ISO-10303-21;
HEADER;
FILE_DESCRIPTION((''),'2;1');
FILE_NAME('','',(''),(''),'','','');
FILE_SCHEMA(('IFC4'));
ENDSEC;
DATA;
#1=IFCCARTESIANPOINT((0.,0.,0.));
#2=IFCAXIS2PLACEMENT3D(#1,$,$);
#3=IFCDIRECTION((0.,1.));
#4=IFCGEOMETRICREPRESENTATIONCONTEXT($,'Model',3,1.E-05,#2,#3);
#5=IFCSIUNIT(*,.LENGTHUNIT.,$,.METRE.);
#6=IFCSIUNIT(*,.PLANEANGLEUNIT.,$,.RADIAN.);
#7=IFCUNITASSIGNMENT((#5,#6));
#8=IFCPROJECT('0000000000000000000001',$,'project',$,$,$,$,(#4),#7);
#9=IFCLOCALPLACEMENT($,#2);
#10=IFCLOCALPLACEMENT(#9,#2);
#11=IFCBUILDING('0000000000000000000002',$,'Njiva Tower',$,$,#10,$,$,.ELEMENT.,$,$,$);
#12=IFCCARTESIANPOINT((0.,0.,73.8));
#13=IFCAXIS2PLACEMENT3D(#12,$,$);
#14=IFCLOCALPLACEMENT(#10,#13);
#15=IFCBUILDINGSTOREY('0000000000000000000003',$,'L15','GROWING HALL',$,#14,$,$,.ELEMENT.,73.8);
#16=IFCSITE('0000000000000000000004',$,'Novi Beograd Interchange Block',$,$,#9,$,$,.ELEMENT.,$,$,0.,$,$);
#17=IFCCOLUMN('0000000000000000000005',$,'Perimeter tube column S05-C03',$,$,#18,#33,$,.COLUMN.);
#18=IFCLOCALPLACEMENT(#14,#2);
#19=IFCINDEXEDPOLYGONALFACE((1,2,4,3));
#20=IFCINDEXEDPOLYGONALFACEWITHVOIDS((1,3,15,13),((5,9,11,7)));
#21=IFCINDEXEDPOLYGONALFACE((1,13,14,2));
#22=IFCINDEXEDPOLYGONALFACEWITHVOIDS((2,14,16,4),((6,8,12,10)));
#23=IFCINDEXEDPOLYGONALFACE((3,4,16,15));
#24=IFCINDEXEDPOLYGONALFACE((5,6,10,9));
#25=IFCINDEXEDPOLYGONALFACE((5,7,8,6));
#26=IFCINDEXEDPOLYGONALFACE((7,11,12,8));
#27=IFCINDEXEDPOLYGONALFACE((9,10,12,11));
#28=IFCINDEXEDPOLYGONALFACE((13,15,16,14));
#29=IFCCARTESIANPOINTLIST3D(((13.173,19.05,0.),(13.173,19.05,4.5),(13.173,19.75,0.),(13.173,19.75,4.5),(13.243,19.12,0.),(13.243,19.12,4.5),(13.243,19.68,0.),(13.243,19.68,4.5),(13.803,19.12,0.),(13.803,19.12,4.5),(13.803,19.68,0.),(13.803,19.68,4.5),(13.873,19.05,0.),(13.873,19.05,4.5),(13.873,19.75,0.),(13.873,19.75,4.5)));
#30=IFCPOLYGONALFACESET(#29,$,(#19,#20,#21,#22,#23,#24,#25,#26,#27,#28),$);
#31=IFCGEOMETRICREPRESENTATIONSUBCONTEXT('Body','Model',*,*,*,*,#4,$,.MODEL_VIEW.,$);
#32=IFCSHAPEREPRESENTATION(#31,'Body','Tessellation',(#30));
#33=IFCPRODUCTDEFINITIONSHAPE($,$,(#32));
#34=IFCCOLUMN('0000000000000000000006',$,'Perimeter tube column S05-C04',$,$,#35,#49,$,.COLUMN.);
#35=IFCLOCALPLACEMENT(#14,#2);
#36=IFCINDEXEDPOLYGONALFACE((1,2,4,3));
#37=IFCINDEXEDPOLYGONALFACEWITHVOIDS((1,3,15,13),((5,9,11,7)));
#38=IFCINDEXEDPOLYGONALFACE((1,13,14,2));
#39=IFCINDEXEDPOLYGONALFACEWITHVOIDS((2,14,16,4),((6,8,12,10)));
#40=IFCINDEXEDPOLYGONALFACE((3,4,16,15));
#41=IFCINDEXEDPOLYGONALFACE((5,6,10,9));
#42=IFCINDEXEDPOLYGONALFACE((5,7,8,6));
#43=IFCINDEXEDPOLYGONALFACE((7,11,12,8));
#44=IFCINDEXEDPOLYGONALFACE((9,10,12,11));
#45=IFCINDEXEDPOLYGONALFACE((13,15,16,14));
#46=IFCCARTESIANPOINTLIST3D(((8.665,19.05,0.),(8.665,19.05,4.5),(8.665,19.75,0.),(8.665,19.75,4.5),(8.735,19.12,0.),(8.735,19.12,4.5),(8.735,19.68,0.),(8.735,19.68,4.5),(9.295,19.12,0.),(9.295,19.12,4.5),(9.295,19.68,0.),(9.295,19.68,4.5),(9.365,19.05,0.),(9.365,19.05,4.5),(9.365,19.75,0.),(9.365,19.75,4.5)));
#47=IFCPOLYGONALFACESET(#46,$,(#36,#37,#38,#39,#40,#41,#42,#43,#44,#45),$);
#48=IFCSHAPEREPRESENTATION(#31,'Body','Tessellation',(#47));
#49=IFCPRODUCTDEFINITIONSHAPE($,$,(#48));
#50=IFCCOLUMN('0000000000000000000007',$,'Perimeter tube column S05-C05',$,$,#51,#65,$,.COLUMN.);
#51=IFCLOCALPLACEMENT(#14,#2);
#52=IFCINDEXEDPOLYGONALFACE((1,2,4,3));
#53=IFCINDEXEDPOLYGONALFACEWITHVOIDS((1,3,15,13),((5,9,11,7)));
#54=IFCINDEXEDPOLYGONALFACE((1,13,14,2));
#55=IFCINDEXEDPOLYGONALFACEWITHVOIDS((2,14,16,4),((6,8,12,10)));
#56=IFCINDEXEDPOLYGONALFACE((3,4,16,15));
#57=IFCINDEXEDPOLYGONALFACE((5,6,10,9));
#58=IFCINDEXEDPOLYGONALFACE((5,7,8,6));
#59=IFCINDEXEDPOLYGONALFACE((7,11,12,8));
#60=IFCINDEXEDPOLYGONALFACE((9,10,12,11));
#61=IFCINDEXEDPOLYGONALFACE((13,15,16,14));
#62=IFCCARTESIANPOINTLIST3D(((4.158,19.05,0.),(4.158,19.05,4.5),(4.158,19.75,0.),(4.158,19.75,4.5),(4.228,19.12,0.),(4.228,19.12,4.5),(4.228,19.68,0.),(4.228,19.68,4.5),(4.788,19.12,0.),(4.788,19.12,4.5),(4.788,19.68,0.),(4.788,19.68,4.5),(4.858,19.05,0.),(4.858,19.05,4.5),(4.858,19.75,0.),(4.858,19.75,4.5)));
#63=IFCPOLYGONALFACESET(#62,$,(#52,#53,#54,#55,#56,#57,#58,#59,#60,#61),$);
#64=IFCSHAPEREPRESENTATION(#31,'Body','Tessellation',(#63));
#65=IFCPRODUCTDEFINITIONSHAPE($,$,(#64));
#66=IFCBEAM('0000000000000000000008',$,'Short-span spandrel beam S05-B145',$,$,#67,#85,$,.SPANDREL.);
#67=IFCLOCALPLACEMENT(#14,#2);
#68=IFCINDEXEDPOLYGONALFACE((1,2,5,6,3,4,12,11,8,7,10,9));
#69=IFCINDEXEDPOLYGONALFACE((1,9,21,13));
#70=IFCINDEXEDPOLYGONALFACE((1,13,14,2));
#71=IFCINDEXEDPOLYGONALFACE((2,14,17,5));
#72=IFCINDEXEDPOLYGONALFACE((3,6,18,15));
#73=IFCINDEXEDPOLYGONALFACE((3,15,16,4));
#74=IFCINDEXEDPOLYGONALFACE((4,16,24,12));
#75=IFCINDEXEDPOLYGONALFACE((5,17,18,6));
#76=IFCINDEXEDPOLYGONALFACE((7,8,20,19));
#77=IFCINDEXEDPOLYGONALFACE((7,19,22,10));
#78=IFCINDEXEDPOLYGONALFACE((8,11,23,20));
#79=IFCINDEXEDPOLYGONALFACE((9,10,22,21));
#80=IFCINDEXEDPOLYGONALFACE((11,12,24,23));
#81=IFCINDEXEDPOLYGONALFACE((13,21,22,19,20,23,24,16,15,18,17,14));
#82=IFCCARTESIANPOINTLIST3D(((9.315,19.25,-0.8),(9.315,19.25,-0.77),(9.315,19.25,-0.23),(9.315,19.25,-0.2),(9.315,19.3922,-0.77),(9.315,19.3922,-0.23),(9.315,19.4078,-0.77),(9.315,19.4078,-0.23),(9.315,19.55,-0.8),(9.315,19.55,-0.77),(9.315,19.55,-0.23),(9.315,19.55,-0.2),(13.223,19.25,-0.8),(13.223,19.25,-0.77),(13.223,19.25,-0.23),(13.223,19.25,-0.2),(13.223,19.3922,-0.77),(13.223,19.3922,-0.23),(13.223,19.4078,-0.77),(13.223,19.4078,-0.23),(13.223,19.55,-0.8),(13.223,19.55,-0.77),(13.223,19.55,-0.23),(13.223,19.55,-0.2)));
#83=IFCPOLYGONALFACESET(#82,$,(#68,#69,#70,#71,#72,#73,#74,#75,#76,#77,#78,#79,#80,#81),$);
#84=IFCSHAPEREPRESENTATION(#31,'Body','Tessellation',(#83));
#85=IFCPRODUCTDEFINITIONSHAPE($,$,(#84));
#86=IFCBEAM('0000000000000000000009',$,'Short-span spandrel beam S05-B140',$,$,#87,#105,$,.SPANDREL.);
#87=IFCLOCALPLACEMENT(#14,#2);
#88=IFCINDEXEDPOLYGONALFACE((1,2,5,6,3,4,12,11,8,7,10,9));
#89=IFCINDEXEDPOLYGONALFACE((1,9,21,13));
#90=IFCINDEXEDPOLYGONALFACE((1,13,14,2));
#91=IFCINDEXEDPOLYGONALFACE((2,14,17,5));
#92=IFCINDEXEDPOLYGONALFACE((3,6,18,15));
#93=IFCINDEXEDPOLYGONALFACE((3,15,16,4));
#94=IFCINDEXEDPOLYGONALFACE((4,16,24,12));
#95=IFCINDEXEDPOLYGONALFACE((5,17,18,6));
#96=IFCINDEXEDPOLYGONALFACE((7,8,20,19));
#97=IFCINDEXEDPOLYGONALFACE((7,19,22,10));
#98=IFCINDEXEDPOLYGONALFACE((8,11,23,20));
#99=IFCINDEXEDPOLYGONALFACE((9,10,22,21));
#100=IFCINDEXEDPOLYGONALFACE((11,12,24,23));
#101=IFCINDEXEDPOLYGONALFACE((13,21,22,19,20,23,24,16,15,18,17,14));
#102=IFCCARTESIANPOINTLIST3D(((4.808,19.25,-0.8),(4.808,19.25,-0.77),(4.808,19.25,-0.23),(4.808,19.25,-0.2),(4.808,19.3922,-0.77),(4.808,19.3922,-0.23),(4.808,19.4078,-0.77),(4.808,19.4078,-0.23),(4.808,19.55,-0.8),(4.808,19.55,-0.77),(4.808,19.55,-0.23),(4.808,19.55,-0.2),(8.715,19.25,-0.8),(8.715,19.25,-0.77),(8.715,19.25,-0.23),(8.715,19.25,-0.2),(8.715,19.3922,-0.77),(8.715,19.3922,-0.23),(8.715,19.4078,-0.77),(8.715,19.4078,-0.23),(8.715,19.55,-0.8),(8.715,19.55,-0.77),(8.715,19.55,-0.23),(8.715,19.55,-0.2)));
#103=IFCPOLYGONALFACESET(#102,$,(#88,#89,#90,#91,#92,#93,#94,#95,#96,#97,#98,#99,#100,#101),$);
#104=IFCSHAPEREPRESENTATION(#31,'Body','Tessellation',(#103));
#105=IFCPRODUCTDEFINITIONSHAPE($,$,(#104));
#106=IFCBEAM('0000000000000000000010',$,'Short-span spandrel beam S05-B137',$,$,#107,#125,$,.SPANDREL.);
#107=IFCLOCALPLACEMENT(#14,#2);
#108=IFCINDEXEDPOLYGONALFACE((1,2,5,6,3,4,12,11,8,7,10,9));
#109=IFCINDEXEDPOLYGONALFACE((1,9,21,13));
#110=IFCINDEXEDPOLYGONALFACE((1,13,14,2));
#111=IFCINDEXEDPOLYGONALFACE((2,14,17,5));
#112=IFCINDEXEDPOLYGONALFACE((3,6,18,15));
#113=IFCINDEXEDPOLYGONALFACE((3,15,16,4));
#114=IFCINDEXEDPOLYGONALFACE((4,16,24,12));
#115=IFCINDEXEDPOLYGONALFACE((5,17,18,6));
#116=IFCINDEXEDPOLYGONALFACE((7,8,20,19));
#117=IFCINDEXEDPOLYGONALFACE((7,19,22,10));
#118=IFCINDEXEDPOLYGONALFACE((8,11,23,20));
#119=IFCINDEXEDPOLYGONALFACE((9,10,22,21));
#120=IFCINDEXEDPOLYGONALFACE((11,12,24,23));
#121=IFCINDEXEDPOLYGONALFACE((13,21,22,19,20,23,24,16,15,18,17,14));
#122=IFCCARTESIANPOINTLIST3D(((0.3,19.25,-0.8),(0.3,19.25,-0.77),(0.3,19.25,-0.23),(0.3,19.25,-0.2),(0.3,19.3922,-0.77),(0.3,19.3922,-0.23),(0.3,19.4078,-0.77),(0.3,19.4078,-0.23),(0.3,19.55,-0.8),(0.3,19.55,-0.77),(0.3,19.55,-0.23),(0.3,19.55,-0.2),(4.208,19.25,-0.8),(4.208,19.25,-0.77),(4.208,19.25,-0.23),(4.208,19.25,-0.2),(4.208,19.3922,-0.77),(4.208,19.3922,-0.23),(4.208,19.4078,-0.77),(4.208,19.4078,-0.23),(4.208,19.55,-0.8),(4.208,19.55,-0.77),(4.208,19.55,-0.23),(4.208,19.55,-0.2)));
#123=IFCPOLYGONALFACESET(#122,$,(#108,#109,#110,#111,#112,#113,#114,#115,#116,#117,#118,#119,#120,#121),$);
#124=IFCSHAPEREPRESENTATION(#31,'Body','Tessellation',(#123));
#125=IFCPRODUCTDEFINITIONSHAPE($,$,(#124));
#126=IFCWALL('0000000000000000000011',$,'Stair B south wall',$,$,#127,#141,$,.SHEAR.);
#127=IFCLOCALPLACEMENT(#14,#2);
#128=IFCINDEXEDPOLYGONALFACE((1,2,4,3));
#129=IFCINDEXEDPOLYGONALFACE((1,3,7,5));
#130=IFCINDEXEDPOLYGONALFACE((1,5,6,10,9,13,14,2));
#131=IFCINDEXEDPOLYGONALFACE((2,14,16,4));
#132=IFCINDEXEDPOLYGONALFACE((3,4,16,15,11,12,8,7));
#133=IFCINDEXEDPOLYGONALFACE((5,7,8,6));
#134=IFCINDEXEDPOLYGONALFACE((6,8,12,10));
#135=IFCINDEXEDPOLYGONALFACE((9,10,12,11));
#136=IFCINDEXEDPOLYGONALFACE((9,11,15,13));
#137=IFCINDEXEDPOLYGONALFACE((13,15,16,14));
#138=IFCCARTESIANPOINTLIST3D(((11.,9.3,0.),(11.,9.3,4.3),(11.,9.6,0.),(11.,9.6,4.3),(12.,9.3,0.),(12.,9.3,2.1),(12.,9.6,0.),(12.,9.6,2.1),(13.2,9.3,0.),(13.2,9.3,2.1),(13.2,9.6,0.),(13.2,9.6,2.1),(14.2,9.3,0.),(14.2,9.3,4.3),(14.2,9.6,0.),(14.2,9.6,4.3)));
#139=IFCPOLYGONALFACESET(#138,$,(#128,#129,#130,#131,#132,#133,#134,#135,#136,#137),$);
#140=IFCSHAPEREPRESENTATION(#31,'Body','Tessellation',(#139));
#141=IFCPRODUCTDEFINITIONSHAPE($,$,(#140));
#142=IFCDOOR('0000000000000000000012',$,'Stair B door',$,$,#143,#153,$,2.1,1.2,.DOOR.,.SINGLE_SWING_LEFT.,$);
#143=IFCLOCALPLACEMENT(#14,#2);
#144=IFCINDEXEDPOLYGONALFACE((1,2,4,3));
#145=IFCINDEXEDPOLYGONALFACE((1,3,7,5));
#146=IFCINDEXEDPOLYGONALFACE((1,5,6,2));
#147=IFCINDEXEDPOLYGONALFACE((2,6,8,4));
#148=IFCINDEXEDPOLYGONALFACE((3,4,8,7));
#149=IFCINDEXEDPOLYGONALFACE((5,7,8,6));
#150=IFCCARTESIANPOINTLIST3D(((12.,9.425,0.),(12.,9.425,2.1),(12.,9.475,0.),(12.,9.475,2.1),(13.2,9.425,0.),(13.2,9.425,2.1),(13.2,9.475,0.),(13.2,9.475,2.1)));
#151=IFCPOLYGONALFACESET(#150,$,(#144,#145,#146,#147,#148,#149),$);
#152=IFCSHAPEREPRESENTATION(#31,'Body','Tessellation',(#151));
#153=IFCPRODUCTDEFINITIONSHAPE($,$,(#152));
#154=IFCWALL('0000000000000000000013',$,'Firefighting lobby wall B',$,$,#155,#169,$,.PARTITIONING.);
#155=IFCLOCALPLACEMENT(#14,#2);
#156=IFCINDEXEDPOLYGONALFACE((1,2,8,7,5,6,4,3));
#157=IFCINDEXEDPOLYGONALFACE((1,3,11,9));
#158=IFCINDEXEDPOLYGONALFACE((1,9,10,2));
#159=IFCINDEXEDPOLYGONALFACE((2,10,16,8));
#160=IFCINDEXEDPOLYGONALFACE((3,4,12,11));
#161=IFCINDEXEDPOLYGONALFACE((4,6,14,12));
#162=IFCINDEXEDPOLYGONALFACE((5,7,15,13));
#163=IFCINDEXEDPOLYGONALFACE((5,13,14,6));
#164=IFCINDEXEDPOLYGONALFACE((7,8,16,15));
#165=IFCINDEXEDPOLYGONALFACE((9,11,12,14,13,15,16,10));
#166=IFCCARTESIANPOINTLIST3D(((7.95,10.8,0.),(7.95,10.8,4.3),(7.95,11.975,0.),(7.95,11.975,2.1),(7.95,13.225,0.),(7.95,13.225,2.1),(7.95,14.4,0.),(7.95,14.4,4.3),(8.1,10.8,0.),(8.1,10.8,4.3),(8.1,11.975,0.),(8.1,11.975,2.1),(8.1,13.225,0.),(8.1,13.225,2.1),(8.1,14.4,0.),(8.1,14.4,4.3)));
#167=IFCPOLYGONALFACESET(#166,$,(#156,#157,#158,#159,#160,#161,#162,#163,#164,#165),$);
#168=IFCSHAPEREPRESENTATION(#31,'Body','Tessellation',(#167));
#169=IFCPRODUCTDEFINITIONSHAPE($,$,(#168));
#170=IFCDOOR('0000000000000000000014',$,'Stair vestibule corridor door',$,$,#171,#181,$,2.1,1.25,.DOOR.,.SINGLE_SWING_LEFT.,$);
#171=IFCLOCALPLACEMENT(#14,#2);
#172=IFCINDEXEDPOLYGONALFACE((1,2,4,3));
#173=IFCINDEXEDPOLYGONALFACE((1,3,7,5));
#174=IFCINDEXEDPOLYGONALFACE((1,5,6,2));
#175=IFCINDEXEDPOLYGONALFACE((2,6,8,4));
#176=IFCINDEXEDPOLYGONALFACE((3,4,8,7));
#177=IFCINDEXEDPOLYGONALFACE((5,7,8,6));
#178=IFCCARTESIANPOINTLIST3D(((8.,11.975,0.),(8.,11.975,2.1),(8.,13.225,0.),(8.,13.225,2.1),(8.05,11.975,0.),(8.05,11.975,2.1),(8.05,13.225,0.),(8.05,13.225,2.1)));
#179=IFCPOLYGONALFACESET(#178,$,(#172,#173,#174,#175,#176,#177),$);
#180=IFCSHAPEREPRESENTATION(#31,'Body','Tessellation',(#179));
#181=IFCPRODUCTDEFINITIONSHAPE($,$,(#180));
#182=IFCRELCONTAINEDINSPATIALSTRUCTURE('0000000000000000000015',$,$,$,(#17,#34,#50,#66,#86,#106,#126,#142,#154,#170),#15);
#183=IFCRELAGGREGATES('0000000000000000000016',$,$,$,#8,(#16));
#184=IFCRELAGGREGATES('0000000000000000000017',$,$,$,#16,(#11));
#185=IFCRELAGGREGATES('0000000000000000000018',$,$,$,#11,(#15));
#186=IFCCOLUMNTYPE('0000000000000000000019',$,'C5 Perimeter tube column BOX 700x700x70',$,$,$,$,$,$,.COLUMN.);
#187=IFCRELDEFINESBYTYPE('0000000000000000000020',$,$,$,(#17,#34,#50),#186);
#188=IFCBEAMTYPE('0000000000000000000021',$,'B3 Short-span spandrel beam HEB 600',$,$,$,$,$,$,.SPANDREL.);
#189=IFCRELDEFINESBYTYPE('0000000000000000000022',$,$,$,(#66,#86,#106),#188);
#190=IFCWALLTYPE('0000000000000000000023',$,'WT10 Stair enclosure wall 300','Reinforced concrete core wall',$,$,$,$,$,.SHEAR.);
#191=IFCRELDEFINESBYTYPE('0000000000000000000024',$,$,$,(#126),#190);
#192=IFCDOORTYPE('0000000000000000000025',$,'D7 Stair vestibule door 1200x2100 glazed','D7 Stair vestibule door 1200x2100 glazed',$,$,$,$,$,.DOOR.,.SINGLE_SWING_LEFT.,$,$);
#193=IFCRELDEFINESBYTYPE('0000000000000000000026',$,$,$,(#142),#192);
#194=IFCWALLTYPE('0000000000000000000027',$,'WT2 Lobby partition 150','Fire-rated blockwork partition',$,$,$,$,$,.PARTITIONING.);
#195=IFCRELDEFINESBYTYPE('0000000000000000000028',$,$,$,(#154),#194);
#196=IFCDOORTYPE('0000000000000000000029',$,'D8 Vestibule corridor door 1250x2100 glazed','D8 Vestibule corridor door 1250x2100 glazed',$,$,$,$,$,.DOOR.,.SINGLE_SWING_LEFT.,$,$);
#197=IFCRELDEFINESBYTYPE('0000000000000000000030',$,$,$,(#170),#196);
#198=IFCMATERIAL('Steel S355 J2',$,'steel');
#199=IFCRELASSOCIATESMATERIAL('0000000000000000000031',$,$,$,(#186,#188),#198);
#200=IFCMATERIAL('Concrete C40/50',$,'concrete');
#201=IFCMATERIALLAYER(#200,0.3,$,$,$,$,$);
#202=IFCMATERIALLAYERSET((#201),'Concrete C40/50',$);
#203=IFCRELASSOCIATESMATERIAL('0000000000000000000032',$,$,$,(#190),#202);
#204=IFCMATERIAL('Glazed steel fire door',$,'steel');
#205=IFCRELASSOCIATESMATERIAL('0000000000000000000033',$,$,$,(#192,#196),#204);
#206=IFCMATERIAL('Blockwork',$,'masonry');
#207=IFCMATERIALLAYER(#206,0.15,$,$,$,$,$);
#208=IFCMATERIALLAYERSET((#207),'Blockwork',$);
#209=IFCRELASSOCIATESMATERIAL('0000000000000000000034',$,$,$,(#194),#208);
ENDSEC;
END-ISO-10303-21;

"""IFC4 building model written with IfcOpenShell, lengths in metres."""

from ifc_helpers import new_model, si_unit, direction, frame, frame_2d, origin, origin_2d, place, context, subcontext, project, spatial, rectangle, hollow_rectangle, i_section, extrude, material, layer, layer_set, material_profile, profile_set, type_object, element, fill, save


model = new_model("IFC4")

# Units and contexts
model_context = context("Model", 3, precision=1e-05, world=origin(), true_north=direction((0.0, 1.0)))
body_context = subcontext(model_context, "Body", "Model", "MODEL_VIEW")
ifc_project = project(units=[si_unit("LENGTHUNIT", "METRE"), si_unit("PLANEANGLEUNIT", "RADIAN")], contexts=[model_context])

# Site, building, storey
site_placement = place(None, origin())
site = spatial("IfcSite", under=ifc_project, at=site_placement, Name="Novi Beograd Interchange Block", CompositionType="ELEMENT", RefElevation=0.0)
building_placement = place(site_placement, origin())
building = spatial("IfcBuilding", under=site, at=building_placement, Name="Njiva Tower", CompositionType="ELEMENT")
storey_placement = place(building_placement, frame((0.0, 0.0, 73.8)))
storey = spatial("IfcBuildingStorey", under=building, at=storey_placement, Name="L15", Description="GROWING HALL", CompositionType="ELEMENT", Elevation=73.8)

# Columns
ifc_material_1 = material(Name="Steel S355 J2", Category="steel")
ifc_material_profile_1 = material_profile(ifc_material_1, hollow_rectangle(XDim=0.7, YDim=0.7, WallThickness=0.07, at=origin_2d()), Name="BOX 700x700x70")
ifc_profile_set_1 = profile_set([ifc_material_profile_1], Name="Steel S355 J2")
column_type = type_object("IfcColumnType", Name="C5 Perimeter tube column BOX 700x700x70", PredefinedType="COLUMN", material=ifc_profile_set_1)
for number, where, z_axis, x_axis, name in (
    (1, (13.523, 19.4, 0.0), (0.0, 0.0, 1.0), (-1.0, 0.0, 0.0), "Perimeter tube column S05-C03"),
    (2, (9.015, 19.4, 0.0), (0.0, 0.0, 1.0), (-1.0, 0.0, 0.0), "Perimeter tube column S05-C04"),
    (3, (4.508, 19.4, 0.0), (0.0, 0.0, 1.0), (-1.0, 0.0, 0.0), "Perimeter tube column S05-C05"),
):
    element("IfcColumn", number, at=place(storey_placement, frame(where, z_axis=z_axis, x_axis=x_axis)), inside=storey, type_object=column_type, Name=name, PredefinedType="COLUMN", context=body_context, shape_type="SweptSolid", body=[
        extrude(hollow_rectangle(XDim=0.7, YDim=0.7, WallThickness=0.07, at=origin_2d()), origin(), (0.0, 0.0, 1.0), 4.5),
    ])

# Beams
ifc_material_profile_2 = material_profile(ifc_material_1, i_section(OverallWidth=0.3, OverallDepth=0.6, WebThickness=0.0155, FlangeThickness=0.03, at=origin_2d()), Name="HEB 600")
ifc_profile_set_2 = profile_set([ifc_material_profile_2], Name="Steel S355 J2")
beam_type = type_object("IfcBeamType", Name="B3 Short-span spandrel beam HEB 600", PredefinedType="SPANDREL", material=ifc_profile_set_2)
beam_1_placement = place(storey_placement, frame((13.223, 19.4, -0.5), z_axis=(-1.0, 0.0, 0.0), x_axis=(0.0, -1.0, 0.0)))
element("IfcBeam", 4, at=beam_1_placement, inside=storey, type_object=beam_type, Name="Short-span spandrel beam S05-B145", PredefinedType="SPANDREL", context=body_context, shape_type="SweptSolid", body=[
    extrude(i_section(OverallWidth=0.3, OverallDepth=0.6, WebThickness=0.0155, FlangeThickness=0.03, at=origin_2d()), origin(), (0.0, 0.0, 1.0), 3.908),
])
beam_2_placement = place(storey_placement, frame((8.715, 19.4, -0.5), z_axis=(-1.0, 0.0, 0.0), x_axis=(0.0, -1.0, 0.0)))
element("IfcBeam", 5, at=beam_2_placement, inside=storey, type_object=beam_type, Name="Short-span spandrel beam S05-B140", PredefinedType="SPANDREL", context=body_context, shape_type="SweptSolid", body=[
    extrude(i_section(OverallWidth=0.3, OverallDepth=0.6, WebThickness=0.0155, FlangeThickness=0.03, at=origin_2d()), origin(), (0.0, 0.0, 1.0), 3.907),
])
beam_3_placement = place(storey_placement, frame((4.208, 19.4, -0.5), z_axis=(-1.0, 0.0, 0.0), x_axis=(0.0, -1.0, 0.0)))
element("IfcBeam", 6, at=beam_3_placement, inside=storey, type_object=beam_type, Name="Short-span spandrel beam S05-B137", PredefinedType="SPANDREL", context=body_context, shape_type="SweptSolid", body=[
    extrude(i_section(OverallWidth=0.3, OverallDepth=0.6, WebThickness=0.0155, FlangeThickness=0.03, at=origin_2d()), origin(), (0.0, 0.0, 1.0), 3.908),
])

# Walls, openings, doors
ifc_material_2 = material(Name="Concrete C40/50", Category="concrete")
ifc_layer_1 = layer(ifc_material_2, 0.3)
ifc_layer_set_1 = layer_set([ifc_layer_1], Name="Concrete C40/50")
wall_type_1 = type_object("IfcWallType", Name="WT10 Stair enclosure wall 300", Description="Reinforced concrete core wall", PredefinedType="SHEAR", material=ifc_layer_set_1)
wall_1_placement = place(storey_placement, frame((11.0, 9.45, 0.0), z_axis=(0.0, 0.0, 1.0), x_axis=(1.0, 0.0, 0.0)))
wall_1 = element("IfcWall", 7, at=wall_1_placement, inside=storey, type_object=wall_type_1, Name="Stair B south wall", PredefinedType="SHEAR", context=body_context, shape_type="SweptSolid", body=[
    extrude(rectangle(XDim=3.2, YDim=0.3, at=frame_2d((1.6, 0.0))), origin(), (0.0, 0.0, 1.0), 4.3),
])
opening_1_placement = place(wall_1_placement, frame((1.0, 0.0, 0.0)))
opening_1 = element("IfcOpeningElement", 8, at=opening_1_placement, cuts=wall_1, PredefinedType="OPENING", context=body_context, shape_type="SweptSolid", body=[
    extrude(rectangle(XDim=1.2, YDim=2.1, at=frame_2d((0.6, 1.05))), frame((0.0, 0.16, 0.0), z_axis=(0.0, -1.0, 0.0), x_axis=(1.0, 0.0, 0.0)), (0.0, 0.0, 1.0), 0.32),
])
ifc_material_3 = material(Name="Glazed steel fire door", Category="steel")
door_type_1 = type_object("IfcDoorType", Name="D7 Stair vestibule door 1200x2100 glazed", Description="D7 Stair vestibule door 1200x2100 glazed", OperationType="SINGLE_SWING_LEFT", PredefinedType="DOOR", material=ifc_material_3)
door_1_placement = place(opening_1_placement, origin())
door_1 = element("IfcDoor", 9, at=door_1_placement, inside=storey, type_object=door_type_1, Name="Stair B door", OperationType="SINGLE_SWING_LEFT", OverallHeight=2.1, OverallWidth=1.2, PredefinedType="DOOR", context=body_context, shape_type="SweptSolid", body=[
    extrude(rectangle(XDim=1.2, YDim=2.1, at=frame_2d((0.6, 1.05))), frame((0.0, 0.025, 0.0), z_axis=(0.0, -1.0, 0.0), x_axis=(1.0, 0.0, 0.0)), (0.0, 0.0, 1.0), 0.05),
])
fill(opening_1, door_1)
ifc_material_4 = material(Name="Blockwork", Category="masonry")
ifc_layer_2 = layer(ifc_material_4, 0.15)
ifc_layer_set_2 = layer_set([ifc_layer_2], Name="Blockwork")
wall_type_2 = type_object("IfcWallType", Name="WT2 Lobby partition 150", Description="Fire-rated blockwork partition", PredefinedType="PARTITIONING", material=ifc_layer_set_2)
wall_2_placement = place(storey_placement, frame((8.025, 10.8, 0.0), z_axis=(0.0, 0.0, 1.0), x_axis=(0.0, 1.0, 0.0)))
wall_2 = element("IfcWall", 10, at=wall_2_placement, inside=storey, type_object=wall_type_2, Name="Firefighting lobby wall B", PredefinedType="PARTITIONING", context=body_context, shape_type="SweptSolid", body=[
    extrude(rectangle(XDim=3.6, YDim=0.15, at=frame_2d((1.8, 0.0))), origin(), (0.0, 0.0, 1.0), 4.3),
])
opening_2_placement = place(wall_2_placement, frame((1.175, 0.0, 0.0)))
opening_2 = element("IfcOpeningElement", 11, at=opening_2_placement, cuts=wall_2, PredefinedType="OPENING", context=body_context, shape_type="SweptSolid", body=[
    extrude(rectangle(XDim=1.25, YDim=2.1, at=frame_2d((0.625, 1.05))), frame((0.0, 0.085, 0.0), z_axis=(0.0, -1.0, 0.0), x_axis=(1.0, 0.0, 0.0)), (0.0, 0.0, 1.0), 0.17),
])
door_type_2 = type_object("IfcDoorType", Name="D8 Vestibule corridor door 1250x2100 glazed", Description="D8 Vestibule corridor door 1250x2100 glazed", OperationType="SINGLE_SWING_LEFT", PredefinedType="DOOR", material=ifc_material_3)
door_2_placement = place(opening_2_placement, origin())
door_2 = element("IfcDoor", 12, at=door_2_placement, inside=storey, type_object=door_type_2, Name="Stair vestibule corridor door", OperationType="SINGLE_SWING_LEFT", OverallHeight=2.1, OverallWidth=1.25, PredefinedType="DOOR", context=body_context, shape_type="SweptSolid", body=[
    extrude(rectangle(XDim=1.25, YDim=2.1, at=frame_2d((0.625, 1.05))), frame((0.0, 0.025, 0.0), z_axis=(0.0, -1.0, 0.0), x_axis=(1.0, 0.0, 0.0)), (0.0, 0.0, 1.0), 0.05),
])
fill(opening_2, door_2)

save(model, "model.ifc")
